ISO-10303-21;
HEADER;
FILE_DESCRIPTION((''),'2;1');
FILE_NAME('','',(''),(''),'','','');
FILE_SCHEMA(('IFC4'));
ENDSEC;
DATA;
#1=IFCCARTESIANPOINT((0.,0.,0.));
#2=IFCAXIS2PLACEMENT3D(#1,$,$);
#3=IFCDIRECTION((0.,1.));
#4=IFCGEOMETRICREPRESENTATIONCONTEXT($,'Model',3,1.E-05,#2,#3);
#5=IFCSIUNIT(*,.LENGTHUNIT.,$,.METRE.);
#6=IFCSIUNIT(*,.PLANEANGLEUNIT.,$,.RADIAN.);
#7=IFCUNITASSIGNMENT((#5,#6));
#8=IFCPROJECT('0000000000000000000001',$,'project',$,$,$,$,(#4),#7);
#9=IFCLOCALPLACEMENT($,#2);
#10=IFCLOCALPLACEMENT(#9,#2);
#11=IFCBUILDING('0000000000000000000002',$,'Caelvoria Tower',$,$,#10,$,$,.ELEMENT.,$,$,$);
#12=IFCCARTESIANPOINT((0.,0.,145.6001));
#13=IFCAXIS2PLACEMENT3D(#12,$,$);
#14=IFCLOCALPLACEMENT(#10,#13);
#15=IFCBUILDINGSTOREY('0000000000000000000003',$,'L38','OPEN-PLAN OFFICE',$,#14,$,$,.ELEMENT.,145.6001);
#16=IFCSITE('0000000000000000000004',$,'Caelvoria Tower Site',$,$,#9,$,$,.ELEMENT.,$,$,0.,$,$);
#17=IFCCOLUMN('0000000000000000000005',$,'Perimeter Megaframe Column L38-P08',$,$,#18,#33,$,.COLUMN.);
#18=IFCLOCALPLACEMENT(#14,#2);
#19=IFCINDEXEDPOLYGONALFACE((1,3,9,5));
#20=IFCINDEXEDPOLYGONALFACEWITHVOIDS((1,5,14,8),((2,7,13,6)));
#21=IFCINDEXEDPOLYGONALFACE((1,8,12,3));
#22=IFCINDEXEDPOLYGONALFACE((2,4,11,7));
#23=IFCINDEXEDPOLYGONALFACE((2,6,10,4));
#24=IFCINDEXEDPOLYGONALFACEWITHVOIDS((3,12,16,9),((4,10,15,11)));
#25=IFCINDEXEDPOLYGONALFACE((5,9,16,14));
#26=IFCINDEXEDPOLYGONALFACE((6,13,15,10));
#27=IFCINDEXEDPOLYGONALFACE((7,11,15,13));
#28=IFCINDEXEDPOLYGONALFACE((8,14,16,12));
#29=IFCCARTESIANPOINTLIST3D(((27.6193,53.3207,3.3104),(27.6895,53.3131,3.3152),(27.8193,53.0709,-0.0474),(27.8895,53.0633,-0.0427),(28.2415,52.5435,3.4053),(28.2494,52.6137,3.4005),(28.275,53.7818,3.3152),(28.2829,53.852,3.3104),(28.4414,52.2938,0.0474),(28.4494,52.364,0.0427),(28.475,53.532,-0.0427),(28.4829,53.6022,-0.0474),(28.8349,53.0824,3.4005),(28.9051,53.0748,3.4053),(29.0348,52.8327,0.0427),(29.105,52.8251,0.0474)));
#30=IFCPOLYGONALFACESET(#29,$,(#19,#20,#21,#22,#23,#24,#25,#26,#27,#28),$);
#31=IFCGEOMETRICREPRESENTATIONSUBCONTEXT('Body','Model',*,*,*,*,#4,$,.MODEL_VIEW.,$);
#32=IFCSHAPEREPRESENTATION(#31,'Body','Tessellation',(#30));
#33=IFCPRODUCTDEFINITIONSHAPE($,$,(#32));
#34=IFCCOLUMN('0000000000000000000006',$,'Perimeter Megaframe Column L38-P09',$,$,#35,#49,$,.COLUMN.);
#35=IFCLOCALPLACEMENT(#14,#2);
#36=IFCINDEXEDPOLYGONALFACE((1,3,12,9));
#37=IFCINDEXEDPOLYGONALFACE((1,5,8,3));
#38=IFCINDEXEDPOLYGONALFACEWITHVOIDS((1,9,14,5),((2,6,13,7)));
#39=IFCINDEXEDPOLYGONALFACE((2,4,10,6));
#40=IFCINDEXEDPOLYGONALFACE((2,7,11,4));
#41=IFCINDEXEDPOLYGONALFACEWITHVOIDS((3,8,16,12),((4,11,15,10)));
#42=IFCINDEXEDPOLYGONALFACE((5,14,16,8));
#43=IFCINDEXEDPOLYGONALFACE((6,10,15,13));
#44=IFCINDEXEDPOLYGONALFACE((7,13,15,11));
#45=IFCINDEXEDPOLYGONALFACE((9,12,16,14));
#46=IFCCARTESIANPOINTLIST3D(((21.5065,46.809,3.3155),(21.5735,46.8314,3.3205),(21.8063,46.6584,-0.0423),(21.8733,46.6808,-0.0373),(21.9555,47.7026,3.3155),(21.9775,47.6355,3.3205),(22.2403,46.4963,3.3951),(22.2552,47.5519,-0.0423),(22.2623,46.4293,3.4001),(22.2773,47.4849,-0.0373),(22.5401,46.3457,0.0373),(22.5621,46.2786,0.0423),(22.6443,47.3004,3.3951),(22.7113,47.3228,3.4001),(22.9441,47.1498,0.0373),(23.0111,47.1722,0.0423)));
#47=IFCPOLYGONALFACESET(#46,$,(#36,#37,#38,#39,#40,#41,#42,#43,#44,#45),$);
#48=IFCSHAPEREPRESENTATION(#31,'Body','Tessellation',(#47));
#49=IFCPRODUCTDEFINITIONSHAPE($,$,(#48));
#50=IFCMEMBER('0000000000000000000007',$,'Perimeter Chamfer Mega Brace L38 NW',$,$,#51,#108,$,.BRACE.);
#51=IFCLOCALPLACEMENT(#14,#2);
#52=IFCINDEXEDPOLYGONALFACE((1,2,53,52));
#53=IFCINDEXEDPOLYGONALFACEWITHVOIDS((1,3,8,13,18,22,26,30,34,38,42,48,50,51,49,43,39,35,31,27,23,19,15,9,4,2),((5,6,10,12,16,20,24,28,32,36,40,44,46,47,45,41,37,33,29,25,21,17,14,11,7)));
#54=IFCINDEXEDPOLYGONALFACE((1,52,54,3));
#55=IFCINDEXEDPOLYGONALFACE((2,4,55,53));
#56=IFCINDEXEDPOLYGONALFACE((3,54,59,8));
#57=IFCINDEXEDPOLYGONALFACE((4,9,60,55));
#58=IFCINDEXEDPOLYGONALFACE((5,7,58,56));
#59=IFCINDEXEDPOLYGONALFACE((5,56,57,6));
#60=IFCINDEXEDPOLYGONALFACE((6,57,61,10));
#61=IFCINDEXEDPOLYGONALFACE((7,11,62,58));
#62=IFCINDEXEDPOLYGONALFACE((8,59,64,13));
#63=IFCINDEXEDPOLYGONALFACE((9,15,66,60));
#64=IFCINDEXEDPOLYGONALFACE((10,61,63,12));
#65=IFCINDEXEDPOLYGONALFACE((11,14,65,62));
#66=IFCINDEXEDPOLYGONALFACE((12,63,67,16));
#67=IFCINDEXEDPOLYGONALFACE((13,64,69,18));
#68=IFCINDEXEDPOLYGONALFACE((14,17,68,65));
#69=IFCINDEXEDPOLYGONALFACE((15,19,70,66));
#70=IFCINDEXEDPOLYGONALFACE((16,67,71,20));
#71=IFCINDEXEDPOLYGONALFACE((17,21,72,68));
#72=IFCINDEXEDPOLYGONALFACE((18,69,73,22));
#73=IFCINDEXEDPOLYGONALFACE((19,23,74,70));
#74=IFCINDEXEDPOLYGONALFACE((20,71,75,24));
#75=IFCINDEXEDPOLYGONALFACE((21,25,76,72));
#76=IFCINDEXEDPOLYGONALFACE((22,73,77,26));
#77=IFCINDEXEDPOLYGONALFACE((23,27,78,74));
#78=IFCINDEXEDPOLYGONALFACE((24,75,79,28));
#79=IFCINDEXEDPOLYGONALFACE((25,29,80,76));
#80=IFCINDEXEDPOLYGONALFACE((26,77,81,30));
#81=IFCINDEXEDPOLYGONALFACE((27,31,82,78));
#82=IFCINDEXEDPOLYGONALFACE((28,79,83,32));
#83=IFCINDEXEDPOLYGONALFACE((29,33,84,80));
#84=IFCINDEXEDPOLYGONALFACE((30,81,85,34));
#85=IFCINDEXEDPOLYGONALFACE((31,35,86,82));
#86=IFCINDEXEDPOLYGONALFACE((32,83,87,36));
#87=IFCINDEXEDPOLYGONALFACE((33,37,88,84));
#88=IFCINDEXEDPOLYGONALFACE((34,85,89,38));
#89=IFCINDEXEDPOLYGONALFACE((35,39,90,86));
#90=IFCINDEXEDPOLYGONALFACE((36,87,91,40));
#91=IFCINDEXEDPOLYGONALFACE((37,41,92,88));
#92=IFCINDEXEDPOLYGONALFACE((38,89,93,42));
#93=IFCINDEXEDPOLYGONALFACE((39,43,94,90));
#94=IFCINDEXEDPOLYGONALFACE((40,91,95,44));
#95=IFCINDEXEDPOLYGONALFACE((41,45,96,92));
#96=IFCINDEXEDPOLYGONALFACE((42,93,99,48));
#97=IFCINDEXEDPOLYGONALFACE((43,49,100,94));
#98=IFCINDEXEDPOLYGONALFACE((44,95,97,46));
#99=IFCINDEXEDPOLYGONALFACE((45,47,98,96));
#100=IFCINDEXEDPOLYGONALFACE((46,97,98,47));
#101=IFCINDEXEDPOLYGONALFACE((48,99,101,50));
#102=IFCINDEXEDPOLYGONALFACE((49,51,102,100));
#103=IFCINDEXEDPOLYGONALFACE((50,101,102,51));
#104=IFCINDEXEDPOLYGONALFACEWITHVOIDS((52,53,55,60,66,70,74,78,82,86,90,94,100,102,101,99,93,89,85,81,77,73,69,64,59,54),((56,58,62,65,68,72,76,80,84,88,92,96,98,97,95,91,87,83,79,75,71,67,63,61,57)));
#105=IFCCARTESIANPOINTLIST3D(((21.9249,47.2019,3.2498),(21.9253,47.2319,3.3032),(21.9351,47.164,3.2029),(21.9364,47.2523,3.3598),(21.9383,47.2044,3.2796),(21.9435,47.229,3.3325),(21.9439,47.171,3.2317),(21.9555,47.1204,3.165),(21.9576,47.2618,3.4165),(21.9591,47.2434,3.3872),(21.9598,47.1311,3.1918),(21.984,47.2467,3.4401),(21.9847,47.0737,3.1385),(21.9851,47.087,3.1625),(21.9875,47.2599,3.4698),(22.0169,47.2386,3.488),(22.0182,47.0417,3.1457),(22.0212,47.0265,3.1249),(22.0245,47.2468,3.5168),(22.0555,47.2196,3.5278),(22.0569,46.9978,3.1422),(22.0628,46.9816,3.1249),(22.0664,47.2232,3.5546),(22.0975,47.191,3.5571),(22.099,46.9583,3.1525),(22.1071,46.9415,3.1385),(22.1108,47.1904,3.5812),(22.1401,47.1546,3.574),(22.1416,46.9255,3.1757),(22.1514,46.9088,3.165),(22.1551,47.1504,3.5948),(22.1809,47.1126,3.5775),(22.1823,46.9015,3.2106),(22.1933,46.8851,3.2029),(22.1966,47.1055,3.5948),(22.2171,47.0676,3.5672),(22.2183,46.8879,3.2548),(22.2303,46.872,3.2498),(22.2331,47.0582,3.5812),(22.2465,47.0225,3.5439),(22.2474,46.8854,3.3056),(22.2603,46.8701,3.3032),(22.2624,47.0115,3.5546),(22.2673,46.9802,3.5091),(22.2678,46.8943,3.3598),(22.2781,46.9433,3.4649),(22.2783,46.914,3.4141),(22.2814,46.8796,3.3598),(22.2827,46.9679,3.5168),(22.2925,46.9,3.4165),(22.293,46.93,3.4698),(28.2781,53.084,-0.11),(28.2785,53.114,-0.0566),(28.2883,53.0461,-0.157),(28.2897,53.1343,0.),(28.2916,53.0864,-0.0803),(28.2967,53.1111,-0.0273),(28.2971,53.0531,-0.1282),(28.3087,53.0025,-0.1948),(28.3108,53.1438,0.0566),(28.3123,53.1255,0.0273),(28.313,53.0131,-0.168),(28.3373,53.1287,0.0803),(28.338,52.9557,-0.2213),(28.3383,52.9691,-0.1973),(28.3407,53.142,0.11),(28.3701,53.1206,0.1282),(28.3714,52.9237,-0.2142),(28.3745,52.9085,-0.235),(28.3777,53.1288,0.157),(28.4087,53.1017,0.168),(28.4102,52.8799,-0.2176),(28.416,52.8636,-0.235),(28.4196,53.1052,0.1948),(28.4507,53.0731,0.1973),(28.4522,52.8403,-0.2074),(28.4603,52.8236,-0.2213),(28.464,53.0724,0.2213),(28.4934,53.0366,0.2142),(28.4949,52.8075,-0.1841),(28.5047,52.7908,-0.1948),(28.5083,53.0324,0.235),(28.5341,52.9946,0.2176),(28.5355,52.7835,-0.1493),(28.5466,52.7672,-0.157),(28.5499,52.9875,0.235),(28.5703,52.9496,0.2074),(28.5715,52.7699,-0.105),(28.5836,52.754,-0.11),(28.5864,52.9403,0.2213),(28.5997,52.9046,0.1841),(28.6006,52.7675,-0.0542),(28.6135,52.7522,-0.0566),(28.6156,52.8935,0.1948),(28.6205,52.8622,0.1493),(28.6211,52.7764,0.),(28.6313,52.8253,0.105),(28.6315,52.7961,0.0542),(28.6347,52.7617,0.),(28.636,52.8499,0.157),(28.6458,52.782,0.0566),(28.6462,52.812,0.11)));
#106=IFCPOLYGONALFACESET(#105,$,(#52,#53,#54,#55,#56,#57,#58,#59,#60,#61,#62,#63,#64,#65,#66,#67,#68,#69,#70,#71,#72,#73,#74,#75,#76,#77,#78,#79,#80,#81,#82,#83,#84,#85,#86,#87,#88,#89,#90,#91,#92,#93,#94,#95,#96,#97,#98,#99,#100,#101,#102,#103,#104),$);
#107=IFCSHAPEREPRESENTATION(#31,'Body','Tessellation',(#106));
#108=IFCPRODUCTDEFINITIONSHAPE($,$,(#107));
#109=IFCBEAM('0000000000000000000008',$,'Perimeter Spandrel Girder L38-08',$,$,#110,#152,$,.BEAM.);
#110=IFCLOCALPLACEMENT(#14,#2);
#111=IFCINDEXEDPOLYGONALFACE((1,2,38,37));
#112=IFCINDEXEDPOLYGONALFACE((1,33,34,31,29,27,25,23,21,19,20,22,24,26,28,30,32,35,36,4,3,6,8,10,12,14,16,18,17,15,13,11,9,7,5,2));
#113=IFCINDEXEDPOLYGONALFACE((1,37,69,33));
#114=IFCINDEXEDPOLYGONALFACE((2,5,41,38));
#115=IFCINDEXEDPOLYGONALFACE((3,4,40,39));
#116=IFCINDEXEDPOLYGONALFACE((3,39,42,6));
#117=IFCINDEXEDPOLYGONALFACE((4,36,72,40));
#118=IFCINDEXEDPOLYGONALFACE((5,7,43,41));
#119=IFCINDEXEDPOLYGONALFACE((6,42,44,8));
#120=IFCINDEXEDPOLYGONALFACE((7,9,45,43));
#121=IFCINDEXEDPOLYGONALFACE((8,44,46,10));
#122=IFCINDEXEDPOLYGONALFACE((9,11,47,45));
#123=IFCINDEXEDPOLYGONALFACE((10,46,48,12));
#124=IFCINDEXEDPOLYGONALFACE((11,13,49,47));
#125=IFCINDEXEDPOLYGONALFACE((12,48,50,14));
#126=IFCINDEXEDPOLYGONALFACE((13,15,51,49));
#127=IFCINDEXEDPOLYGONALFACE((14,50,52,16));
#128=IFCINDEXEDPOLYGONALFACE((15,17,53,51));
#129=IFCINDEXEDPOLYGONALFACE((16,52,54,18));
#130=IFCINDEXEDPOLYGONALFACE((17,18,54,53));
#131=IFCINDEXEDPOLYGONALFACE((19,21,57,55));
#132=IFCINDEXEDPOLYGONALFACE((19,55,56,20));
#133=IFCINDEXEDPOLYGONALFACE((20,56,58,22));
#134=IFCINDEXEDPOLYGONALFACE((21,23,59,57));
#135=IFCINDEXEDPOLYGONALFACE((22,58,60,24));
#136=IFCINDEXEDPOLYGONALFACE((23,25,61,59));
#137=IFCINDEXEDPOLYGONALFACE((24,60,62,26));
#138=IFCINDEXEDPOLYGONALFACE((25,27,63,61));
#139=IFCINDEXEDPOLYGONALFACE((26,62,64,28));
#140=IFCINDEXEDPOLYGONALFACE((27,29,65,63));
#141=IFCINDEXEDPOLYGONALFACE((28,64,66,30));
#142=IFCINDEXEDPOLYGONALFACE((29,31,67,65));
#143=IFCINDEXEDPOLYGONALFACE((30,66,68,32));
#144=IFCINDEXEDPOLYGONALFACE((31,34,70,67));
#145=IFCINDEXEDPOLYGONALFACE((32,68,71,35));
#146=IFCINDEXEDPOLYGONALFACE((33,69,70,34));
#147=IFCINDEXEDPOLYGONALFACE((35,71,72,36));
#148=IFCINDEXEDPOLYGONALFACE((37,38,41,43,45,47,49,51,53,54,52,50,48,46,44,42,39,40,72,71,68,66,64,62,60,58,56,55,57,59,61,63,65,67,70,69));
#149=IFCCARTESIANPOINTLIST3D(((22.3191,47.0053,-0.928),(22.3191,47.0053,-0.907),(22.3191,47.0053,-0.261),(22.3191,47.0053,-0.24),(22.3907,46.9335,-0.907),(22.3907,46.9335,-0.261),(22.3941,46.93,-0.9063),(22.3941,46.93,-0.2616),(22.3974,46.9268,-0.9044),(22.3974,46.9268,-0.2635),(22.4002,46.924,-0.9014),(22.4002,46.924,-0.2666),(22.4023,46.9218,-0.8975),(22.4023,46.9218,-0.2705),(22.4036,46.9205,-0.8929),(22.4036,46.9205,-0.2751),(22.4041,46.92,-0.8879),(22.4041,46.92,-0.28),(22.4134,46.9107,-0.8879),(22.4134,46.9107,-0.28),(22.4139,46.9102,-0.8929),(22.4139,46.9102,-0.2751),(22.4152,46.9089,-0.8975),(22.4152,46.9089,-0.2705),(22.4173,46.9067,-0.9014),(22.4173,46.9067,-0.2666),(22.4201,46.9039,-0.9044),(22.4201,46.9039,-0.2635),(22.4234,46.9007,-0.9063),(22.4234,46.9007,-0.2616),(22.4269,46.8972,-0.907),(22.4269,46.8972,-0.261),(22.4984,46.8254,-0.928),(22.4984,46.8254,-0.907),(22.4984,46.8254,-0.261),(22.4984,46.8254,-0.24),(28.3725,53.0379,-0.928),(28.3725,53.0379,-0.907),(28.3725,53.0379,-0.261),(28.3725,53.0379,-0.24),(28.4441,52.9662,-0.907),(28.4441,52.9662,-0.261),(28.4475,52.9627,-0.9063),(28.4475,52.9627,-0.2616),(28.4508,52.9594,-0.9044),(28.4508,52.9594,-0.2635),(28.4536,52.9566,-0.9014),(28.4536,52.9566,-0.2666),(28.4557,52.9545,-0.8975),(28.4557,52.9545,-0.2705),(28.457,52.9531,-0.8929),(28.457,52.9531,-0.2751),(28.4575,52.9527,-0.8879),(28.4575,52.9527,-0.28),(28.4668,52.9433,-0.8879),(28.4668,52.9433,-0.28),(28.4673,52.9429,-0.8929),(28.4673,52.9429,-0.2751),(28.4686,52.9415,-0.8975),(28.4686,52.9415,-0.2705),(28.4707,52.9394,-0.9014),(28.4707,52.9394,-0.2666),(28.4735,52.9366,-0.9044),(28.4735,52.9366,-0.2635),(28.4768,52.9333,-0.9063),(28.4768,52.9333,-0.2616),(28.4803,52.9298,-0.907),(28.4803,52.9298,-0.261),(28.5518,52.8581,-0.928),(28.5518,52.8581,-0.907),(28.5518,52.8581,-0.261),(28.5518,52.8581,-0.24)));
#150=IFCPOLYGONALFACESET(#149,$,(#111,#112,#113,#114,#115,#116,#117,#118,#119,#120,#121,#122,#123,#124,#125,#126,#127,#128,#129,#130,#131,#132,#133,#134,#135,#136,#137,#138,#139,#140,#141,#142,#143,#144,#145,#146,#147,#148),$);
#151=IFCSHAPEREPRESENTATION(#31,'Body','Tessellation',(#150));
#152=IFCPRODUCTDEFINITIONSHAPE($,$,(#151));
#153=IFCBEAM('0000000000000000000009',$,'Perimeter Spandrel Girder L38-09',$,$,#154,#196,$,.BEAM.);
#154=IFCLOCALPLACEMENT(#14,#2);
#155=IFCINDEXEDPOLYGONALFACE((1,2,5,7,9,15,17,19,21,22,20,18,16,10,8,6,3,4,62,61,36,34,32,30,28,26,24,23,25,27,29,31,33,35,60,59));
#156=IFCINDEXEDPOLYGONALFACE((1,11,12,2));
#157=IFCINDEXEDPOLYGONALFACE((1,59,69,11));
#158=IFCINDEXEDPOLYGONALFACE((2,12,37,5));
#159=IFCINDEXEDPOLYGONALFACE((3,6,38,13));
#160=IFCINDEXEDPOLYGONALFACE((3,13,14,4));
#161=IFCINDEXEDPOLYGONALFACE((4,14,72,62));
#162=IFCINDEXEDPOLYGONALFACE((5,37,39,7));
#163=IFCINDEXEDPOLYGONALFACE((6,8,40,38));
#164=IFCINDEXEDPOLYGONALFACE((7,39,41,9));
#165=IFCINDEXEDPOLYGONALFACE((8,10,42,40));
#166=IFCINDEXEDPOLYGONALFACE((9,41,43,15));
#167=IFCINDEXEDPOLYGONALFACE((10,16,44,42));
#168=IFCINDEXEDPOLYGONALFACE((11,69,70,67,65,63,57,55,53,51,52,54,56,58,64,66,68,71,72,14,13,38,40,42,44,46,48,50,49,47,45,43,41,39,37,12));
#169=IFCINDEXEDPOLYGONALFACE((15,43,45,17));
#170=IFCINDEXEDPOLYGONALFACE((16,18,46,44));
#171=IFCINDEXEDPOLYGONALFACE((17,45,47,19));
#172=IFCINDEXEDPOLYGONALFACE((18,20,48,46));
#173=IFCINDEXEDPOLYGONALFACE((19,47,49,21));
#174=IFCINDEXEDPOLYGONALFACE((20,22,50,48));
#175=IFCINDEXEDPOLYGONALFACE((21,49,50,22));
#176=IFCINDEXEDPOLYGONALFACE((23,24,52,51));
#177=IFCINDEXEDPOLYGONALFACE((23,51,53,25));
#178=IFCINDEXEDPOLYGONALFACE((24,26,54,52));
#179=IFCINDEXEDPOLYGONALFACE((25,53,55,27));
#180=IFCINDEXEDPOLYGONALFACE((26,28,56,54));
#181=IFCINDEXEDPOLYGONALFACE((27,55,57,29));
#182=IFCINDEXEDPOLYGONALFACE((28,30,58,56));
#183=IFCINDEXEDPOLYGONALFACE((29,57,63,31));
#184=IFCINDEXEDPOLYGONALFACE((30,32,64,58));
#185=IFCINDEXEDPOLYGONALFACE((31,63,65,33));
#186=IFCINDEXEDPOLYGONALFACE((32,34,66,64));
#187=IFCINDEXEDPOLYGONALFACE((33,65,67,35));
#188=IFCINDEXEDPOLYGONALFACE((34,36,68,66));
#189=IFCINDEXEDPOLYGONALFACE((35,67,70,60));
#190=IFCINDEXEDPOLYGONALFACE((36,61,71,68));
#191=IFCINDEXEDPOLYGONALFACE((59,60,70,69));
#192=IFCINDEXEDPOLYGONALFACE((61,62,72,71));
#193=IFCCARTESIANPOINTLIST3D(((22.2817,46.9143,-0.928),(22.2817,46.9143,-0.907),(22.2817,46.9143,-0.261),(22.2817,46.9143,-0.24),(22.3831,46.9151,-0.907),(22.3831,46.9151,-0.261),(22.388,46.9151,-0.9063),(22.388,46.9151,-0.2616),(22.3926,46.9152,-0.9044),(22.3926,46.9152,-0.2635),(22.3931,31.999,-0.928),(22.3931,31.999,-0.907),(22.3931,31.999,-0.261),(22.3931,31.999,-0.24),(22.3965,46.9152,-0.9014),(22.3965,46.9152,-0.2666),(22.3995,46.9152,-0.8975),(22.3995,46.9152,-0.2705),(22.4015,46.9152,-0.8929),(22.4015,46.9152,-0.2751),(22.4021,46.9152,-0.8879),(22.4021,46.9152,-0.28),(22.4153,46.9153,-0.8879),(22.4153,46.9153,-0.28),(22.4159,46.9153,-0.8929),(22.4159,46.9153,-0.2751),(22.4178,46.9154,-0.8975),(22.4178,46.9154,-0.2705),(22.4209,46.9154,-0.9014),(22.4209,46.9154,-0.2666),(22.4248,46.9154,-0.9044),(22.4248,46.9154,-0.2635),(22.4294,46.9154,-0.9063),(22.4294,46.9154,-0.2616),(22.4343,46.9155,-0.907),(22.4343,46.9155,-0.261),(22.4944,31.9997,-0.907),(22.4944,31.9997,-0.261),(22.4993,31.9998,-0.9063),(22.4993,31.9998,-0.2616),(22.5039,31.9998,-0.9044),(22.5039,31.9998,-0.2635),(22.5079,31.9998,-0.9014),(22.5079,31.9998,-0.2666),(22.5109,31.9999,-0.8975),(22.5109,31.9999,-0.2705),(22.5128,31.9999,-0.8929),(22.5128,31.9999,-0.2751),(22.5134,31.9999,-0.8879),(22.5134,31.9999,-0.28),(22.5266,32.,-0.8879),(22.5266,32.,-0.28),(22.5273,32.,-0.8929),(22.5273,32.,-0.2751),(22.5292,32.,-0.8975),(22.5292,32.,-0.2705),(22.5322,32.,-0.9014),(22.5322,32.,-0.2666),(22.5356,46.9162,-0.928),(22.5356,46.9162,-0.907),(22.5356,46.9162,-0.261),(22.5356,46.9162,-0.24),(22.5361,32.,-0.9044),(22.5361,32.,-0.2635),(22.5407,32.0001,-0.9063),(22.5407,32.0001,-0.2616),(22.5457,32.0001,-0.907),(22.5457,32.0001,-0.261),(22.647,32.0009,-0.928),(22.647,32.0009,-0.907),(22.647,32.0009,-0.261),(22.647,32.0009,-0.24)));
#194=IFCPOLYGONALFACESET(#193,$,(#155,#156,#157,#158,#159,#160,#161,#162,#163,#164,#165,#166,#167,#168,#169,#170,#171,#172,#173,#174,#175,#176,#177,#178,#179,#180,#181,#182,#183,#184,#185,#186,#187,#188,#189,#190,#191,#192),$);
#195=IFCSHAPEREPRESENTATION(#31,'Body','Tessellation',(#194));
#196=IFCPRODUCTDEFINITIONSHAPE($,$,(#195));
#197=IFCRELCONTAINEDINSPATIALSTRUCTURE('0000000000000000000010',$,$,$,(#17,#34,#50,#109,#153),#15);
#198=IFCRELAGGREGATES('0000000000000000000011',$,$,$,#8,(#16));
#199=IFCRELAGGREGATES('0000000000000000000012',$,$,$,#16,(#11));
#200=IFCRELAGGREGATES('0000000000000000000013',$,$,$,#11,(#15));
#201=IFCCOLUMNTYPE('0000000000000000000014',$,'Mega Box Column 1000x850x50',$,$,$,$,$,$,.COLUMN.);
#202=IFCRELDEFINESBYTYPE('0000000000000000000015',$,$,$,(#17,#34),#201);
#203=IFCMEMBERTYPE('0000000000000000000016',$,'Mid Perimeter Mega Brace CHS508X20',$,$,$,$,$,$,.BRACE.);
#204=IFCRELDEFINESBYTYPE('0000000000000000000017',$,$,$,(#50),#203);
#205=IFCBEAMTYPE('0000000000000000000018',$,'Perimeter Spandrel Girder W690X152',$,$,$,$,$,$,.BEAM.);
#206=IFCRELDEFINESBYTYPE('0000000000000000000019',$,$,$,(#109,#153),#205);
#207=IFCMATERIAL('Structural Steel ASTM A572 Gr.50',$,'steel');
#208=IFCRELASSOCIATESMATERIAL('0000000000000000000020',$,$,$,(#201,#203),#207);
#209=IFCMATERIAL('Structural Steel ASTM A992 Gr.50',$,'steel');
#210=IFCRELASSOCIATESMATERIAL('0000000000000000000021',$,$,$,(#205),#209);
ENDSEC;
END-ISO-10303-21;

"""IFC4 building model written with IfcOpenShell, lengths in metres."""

from ifc_helpers import new_model, si_unit, direction, frame, origin, origin_2d, place, context, subcontext, project, spatial, hollow_rectangle, hollow_circle, i_section, extrude, material, material_profile, profile_set, type_object, element, save


model = new_model("IFC4")

# Units and contexts
model_context = context("Model", 3, precision=1e-05, world=origin(), true_north=direction((0.0, 1.0)))
body_context = subcontext(model_context, "Body", "Model", "MODEL_VIEW")
ifc_project = project(units=[si_unit("LENGTHUNIT", "METRE"), si_unit("PLANEANGLEUNIT", "RADIAN")], contexts=[model_context])

# Site, building, storey
site_placement = place(None, origin())
site = spatial("IfcSite", under=ifc_project, at=site_placement, Name="Caelvoria Tower Site", CompositionType="ELEMENT", RefElevation=0.0)
building_placement = place(site_placement, origin())
building = spatial("IfcBuilding", under=site, at=building_placement, Name="Caelvoria Tower", CompositionType="ELEMENT")
storey_placement = place(building_placement, frame((0.0, 0.0, 145.6001)))
storey = spatial("IfcBuildingStorey", under=building, at=storey_placement, Name="L38", Description="OPEN-PLAN OFFICE", CompositionType="ELEMENT", Elevation=145.6001)

# Columns
ifc_material_1 = material(Name="Structural Steel ASTM A572 Gr.50", Category="steel")
ifc_material_profile_1 = material_profile(ifc_material_1, hollow_rectangle(XDim=0.8501, YDim=1.0, WallThickness=0.05, at=origin_2d()), Name="Structural Steel ASTM A572 Gr.50")
ifc_profile_set_1 = profile_set([ifc_material_profile_1], Name="BOX1000X850X50 - Structural Steel ASTM A572 Gr.50")
column_type = type_object("IfcColumnType", Name="Mega Box Column 1000x850x50", PredefinedType="COLUMN", material=ifc_profile_set_1)
column_1_placement = place(storey_placement, frame((28.4622, 52.948, 0.0), z_axis=(-0.059278, 0.074043, 0.995492), x_axis=(-0.780645, -0.624974, 0.0)))
element("IfcColumn", 1, at=column_1_placement, inside=storey, type_object=column_type, Name="Perimeter Megaframe Column L38-P08", PredefinedType="COLUMN", context=body_context, shape_type="SweptSolid", body=[
    extrude(hollow_rectangle(XDim=0.8501, YDim=1.0, WallThickness=0.05, at=origin_2d()), origin(), (0.0, 0.0, 1.0), 3.373),
])
column_2_placement = place(storey_placement, frame((22.4087, 46.9153, 0.0), z_axis=(-0.088841, 0.044637, 0.995045), x_axis=(0.889125, -0.446735, 0.099424)))
element("IfcColumn", 2, at=column_2_placement, inside=storey, type_object=column_type, Name="Perimeter Megaframe Column L38-P09", PredefinedType="COLUMN", context=body_context, shape_type="SweptSolid", body=[
    extrude(hollow_rectangle(XDim=0.8501, YDim=1.0, WallThickness=0.05, at=origin_2d()), origin(), (0.0, 0.0, 1.0), 3.3745),
])

# Member
ifc_material_profile_2 = material_profile(ifc_material_1, hollow_circle(Radius=0.2539, WallThickness=0.02, at=origin_2d()), Name="Structural Steel ASTM A572 Gr.50")
ifc_profile_set_2 = profile_set([ifc_material_profile_2], Name="CHS508X20 - Structural Steel ASTM A572 Gr.50")
member_type = type_object("IfcMemberType", Name="Mid Perimeter Mega Brace CHS508X20", PredefinedType="BRACE", material=ifc_profile_set_2)
member_placement = place(storey_placement, frame((28.4622, 52.948, 0.0), z_axis=(-0.684091, -0.633355, 0.361775), x_axis=(0.679372, -0.733794, 0.0)))
element("IfcMember", 3, at=member_placement, inside=storey, type_object=member_type, Name="Perimeter Chamfer Mega Brace L38 NW", PredefinedType="BRACE", context=body_context, shape_type="SweptSolid", body=[
    extrude(hollow_circle(Radius=0.2539, WallThickness=0.02, at=origin_2d()), origin(), (0.0, 0.0, 1.0), 9.2871),
])

# Beams
ifc_material_2 = material(Name="Structural Steel ASTM A992 Gr.50", Category="steel")
ifc_material_profile_3 = material_profile(ifc_material_2, i_section(OverallWidth=0.2539, OverallDepth=0.688, WebThickness=0.0132, FlangeThickness=0.021, FilletRadius=0.019, at=origin_2d()), Name="Structural Steel ASTM A992 Gr.50")
ifc_profile_set_3 = profile_set([ifc_material_profile_3], Name="W690X152 - Structural Steel ASTM A992 Gr.50")
beam_type = type_object("IfcBeamType", Name="Perimeter Spandrel Girder W690X152", PredefinedType="BEAM", material=ifc_profile_set_3)
beam_1_placement = place(storey_placement, frame((28.4622, 52.948, -0.584), z_axis=(-0.70832, -0.705892, 0.0), x_axis=(0.705892, -0.70832, 0.0)))
element("IfcBeam", 4, at=beam_1_placement, inside=storey, type_object=beam_type, Name="Perimeter Spandrel Girder L38-08", PredefinedType="BEAM", context=body_context, shape_type="SweptSolid", body=[
    extrude(i_section(OverallWidth=0.2539, OverallDepth=0.688, WebThickness=0.0132, FlangeThickness=0.021, FilletRadius=0.019, at=origin_2d()), origin(), (0.0, 0.0, 1.0), 8.5461),
])
beam_2_placement = place(storey_placement, frame((22.4087, 46.9153, -0.584), z_axis=(0.007464, -0.999972, 0.0), x_axis=(0.999972, 0.007464, 0.0)))
element("IfcBeam", 5, at=beam_2_placement, inside=storey, type_object=beam_type, Name="Perimeter Spandrel Girder L38-09", PredefinedType="BEAM", context=body_context, shape_type="SweptSolid", body=[
    extrude(i_section(OverallWidth=0.2539, OverallDepth=0.688, WebThickness=0.0132, FlangeThickness=0.021, FilletRadius=0.019, at=origin_2d()), origin(), (0.0, 0.0, 1.0), 14.9158),
])

save(model, "model.ifc")
